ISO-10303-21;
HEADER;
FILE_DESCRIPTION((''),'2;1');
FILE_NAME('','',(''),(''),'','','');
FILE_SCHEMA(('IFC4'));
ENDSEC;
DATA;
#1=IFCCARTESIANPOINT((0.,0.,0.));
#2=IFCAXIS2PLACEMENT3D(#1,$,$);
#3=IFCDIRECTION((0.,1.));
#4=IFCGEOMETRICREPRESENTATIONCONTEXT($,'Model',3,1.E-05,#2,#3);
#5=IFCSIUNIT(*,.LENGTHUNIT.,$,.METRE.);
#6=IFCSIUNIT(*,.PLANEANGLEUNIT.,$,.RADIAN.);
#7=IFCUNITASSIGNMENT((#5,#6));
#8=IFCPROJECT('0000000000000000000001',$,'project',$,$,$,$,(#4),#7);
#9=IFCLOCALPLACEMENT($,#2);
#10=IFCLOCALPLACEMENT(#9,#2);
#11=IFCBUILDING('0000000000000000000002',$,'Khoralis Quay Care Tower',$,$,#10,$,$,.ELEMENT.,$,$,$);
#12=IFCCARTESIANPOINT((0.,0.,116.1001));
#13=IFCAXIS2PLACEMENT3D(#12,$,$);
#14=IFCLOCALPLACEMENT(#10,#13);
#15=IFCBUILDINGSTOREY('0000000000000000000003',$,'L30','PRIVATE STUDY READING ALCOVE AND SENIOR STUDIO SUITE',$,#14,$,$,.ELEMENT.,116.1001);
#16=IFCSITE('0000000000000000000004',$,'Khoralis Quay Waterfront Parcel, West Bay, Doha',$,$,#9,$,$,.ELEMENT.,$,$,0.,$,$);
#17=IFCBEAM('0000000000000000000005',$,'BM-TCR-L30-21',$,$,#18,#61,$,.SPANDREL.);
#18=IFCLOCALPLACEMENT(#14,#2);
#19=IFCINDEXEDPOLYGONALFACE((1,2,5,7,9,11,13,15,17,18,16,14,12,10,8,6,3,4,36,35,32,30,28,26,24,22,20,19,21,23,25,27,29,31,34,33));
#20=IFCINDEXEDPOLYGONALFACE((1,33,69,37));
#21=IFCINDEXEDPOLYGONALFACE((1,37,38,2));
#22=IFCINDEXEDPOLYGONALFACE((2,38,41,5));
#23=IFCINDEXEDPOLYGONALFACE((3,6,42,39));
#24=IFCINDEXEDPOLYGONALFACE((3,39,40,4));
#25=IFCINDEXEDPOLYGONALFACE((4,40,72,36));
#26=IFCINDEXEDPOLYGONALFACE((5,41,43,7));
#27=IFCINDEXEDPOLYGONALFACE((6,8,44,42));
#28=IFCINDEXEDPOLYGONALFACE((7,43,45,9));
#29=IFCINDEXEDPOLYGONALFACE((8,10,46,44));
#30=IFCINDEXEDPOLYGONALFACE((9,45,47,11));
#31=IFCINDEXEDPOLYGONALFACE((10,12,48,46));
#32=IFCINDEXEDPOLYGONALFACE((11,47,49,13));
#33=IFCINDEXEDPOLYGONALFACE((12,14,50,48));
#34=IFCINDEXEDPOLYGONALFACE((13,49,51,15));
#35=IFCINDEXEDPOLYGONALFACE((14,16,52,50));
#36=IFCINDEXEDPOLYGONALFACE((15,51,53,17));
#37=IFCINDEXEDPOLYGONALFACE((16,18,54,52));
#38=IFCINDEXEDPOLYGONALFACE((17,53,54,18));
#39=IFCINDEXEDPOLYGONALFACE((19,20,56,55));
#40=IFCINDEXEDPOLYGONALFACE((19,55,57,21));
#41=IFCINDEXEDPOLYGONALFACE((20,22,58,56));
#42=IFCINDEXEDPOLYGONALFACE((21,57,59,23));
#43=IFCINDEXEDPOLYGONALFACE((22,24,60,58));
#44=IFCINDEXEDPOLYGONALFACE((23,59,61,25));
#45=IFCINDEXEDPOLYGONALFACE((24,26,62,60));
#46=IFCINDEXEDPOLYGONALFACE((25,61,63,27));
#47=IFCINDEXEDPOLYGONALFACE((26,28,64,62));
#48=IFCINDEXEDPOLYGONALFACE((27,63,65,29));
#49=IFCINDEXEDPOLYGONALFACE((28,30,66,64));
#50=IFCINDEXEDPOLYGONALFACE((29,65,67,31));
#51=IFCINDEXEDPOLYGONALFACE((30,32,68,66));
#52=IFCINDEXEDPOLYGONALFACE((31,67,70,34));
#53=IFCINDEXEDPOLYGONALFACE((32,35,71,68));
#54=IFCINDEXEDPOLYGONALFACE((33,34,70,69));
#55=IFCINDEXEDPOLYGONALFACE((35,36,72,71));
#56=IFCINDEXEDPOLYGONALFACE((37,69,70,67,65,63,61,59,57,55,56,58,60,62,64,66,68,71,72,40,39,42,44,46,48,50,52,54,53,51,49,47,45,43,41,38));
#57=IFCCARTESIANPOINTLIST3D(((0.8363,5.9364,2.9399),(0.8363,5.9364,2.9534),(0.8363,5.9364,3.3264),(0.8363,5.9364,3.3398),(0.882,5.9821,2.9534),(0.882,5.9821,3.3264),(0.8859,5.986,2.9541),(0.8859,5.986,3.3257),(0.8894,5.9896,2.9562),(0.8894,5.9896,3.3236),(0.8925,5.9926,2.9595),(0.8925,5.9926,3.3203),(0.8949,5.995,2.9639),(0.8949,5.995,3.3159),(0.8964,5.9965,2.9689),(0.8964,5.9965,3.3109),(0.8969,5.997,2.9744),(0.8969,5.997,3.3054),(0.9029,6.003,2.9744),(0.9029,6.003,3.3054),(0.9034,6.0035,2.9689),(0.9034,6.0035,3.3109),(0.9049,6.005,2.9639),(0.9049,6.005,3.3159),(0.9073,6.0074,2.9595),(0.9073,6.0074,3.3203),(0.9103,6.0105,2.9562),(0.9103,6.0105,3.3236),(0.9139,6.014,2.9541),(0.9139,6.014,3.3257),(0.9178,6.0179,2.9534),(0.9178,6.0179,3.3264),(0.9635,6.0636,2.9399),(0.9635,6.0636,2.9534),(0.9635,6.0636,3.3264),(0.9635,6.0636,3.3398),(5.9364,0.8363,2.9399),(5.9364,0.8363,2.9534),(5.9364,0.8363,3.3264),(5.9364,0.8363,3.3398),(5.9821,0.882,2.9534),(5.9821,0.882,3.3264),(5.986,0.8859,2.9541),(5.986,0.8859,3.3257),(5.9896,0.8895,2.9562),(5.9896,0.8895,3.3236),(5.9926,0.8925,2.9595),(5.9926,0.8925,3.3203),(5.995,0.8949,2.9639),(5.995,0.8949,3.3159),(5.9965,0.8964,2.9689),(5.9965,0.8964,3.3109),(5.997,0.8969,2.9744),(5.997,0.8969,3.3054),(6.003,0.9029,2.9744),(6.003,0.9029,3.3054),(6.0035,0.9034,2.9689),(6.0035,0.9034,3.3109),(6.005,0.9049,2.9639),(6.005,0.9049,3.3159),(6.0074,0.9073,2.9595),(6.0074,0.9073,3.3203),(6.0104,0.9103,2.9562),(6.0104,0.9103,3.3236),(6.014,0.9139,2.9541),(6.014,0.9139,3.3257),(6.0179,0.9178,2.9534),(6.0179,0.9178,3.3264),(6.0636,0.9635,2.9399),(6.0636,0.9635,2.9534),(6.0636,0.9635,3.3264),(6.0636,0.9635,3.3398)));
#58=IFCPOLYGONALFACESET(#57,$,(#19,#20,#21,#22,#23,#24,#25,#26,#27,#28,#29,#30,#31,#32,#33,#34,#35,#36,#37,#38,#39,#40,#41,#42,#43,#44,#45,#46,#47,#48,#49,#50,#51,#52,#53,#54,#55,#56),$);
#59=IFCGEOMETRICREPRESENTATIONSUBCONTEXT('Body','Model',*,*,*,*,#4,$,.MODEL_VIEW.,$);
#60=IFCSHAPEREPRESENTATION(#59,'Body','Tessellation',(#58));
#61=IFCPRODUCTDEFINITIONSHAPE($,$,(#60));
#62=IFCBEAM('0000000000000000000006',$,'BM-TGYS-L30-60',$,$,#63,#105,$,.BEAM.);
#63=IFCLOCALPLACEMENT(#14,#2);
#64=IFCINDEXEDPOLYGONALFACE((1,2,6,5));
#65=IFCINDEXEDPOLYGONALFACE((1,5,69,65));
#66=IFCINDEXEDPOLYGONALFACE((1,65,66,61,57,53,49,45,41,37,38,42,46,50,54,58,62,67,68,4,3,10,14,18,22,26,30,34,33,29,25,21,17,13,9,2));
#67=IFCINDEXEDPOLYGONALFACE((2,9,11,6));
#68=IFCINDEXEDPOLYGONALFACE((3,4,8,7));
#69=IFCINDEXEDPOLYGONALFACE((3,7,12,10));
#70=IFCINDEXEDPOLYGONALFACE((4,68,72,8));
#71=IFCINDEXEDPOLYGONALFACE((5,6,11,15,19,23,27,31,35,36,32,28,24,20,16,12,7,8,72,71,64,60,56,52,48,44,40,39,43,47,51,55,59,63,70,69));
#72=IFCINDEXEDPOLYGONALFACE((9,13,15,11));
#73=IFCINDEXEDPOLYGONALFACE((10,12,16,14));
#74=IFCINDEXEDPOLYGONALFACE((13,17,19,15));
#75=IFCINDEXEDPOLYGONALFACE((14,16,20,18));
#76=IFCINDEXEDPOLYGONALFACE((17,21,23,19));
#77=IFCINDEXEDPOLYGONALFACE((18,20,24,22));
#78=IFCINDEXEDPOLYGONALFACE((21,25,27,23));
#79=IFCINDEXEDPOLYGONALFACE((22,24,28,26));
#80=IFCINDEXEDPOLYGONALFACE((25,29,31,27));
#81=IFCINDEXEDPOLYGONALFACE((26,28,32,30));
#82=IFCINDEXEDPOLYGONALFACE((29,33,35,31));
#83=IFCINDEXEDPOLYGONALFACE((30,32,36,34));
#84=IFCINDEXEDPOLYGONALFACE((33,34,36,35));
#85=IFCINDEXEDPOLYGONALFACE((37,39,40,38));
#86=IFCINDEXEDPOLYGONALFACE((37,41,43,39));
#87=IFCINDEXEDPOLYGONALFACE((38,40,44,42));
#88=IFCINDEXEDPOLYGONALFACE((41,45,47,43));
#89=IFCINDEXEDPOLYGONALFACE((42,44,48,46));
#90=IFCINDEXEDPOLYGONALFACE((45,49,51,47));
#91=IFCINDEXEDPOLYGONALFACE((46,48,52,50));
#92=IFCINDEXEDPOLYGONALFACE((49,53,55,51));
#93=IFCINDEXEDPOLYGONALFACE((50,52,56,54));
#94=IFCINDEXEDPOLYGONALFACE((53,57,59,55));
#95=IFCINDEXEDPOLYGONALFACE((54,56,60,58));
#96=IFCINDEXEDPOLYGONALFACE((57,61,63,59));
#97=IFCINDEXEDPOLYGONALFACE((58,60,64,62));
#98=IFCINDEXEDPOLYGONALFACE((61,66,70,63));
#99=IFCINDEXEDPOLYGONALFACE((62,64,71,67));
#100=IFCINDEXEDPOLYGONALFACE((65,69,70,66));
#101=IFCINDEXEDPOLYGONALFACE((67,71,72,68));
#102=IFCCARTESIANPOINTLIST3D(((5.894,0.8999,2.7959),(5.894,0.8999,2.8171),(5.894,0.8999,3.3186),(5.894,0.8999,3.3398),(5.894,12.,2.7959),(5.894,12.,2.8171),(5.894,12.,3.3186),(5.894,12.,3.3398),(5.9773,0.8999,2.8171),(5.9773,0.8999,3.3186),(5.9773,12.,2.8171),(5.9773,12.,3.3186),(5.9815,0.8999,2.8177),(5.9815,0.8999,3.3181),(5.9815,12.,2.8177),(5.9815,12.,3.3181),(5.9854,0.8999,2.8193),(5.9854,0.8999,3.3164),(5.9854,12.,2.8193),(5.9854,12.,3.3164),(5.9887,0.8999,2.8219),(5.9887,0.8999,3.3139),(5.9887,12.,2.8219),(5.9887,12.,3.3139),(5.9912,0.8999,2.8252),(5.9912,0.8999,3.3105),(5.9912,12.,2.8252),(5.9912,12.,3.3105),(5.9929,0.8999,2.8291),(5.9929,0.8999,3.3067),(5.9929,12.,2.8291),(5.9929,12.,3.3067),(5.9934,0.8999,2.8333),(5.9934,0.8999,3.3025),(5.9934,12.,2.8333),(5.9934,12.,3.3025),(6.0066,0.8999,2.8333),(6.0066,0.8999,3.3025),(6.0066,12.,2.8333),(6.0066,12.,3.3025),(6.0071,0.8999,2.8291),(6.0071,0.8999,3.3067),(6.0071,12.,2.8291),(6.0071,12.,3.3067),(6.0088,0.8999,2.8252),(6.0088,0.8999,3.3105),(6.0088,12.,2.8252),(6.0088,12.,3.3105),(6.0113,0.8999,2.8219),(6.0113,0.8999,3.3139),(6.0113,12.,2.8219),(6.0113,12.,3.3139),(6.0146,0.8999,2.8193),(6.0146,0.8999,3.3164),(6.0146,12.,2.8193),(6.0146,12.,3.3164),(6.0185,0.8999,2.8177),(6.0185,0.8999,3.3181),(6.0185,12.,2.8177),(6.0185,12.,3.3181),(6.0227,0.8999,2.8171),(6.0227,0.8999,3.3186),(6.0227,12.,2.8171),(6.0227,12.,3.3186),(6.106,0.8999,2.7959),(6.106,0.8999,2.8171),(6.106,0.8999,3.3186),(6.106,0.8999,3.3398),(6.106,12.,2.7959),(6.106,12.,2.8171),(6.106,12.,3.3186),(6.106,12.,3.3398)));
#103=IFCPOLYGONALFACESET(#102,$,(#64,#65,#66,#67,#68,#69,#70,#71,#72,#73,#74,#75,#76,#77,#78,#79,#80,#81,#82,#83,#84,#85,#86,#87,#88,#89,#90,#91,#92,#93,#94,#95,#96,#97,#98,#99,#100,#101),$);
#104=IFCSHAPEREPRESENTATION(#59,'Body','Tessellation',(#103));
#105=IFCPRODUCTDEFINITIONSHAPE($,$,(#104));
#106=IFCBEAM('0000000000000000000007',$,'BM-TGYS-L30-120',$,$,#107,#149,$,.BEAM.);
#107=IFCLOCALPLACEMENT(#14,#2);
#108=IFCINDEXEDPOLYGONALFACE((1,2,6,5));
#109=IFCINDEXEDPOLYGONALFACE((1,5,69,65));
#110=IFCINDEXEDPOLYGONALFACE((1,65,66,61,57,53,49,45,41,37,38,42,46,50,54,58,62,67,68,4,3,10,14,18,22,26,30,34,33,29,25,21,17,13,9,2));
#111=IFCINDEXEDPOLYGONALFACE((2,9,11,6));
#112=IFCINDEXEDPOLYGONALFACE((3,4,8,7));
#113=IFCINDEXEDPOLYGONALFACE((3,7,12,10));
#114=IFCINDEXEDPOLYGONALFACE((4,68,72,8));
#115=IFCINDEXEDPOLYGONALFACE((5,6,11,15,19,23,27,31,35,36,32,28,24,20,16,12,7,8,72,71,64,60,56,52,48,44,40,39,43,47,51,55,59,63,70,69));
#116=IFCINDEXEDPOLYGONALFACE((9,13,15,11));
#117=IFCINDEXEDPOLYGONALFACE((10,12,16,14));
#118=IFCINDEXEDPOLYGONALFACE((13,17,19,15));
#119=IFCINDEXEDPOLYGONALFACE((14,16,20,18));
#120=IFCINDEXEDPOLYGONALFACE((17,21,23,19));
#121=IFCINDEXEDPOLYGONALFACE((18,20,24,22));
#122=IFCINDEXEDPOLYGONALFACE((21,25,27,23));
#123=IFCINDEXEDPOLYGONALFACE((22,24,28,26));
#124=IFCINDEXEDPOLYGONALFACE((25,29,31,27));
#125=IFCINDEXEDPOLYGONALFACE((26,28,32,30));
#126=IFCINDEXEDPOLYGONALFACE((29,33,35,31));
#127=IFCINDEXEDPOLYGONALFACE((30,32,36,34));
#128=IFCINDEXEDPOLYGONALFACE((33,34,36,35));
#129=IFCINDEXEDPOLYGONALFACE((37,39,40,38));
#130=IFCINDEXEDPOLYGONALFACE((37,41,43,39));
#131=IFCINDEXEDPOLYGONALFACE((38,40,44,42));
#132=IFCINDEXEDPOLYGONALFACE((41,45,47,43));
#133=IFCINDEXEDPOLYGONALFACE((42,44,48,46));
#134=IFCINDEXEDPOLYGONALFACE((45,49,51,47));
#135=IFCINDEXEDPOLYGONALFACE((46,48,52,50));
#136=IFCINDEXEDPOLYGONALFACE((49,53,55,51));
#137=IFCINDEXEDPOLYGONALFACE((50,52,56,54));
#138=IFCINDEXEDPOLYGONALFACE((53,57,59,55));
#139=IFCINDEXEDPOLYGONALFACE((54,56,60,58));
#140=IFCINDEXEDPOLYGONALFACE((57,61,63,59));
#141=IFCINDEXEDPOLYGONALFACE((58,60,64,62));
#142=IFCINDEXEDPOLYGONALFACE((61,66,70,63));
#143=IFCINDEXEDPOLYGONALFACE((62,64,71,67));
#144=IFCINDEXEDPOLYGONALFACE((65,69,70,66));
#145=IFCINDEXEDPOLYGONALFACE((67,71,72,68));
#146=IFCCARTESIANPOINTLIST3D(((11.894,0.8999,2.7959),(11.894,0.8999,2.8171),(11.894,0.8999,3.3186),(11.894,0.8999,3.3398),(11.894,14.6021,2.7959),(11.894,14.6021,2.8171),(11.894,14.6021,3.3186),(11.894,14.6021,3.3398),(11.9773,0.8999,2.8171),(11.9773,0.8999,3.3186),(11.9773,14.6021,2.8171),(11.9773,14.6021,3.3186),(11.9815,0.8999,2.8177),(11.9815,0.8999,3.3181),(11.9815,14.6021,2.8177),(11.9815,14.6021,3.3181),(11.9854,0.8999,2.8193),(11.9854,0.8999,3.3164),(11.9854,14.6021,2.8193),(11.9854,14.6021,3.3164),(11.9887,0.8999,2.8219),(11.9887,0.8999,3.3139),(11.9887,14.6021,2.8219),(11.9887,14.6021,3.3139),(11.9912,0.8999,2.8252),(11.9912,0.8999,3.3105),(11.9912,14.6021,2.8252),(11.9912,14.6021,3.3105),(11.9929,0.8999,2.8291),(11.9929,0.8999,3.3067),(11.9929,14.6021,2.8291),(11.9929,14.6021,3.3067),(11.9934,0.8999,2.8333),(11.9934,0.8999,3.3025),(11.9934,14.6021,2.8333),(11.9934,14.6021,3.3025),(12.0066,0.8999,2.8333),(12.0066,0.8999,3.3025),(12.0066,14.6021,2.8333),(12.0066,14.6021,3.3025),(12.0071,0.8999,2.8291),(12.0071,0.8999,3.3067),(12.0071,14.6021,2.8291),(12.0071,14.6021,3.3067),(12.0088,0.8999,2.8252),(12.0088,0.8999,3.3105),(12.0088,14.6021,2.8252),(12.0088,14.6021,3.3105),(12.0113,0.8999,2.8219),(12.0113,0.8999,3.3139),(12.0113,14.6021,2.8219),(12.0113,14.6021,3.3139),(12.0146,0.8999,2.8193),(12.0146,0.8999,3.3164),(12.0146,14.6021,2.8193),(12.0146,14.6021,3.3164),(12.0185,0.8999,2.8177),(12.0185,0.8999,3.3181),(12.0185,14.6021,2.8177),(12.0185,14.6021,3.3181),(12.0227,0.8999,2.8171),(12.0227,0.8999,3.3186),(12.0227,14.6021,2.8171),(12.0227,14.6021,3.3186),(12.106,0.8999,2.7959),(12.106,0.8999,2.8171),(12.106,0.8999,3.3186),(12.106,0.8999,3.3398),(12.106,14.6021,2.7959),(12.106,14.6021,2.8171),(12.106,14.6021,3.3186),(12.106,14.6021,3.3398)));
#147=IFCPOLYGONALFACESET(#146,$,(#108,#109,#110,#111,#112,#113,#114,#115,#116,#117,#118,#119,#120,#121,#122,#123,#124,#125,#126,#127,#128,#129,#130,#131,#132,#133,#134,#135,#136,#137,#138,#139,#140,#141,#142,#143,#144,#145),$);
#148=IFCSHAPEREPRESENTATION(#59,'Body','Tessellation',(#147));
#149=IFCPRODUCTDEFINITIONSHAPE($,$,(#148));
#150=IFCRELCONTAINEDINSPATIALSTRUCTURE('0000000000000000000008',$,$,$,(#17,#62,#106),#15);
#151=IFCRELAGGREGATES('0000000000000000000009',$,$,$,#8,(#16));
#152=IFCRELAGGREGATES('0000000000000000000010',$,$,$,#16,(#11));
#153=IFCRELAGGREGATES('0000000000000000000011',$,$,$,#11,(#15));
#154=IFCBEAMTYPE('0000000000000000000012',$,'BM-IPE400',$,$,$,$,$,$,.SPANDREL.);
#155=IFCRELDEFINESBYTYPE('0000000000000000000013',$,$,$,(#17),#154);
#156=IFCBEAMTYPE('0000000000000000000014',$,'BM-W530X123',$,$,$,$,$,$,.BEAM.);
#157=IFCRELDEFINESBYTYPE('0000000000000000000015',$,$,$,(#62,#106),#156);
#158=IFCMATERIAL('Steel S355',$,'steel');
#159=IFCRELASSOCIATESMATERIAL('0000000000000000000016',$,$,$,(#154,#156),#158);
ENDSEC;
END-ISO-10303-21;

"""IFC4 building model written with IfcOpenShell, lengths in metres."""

from ifc_helpers import new_model, si_unit, direction, frame, origin, origin_2d, place, context, subcontext, project, spatial, i_section, extrude, source, transform, mapped, material, material_profile, profile_set, type_object, element, save


model = new_model("IFC4")

# Units and contexts
model_context = context("Model", 3, precision=1e-05, world=origin(), true_north=direction((0.0, 1.0)))
body_context = subcontext(model_context, "Body", "Model", "MODEL_VIEW")
ifc_project = project(units=[si_unit("LENGTHUNIT", "METRE"), si_unit("PLANEANGLEUNIT", "RADIAN")], contexts=[model_context])

# Site, building, storey
site_placement = place(None, origin())
site = spatial("IfcSite", under=ifc_project, at=site_placement, Name="Khoralis Quay Waterfront Parcel, West Bay, Doha", CompositionType="ELEMENT", RefElevation=0.0)
building_placement = place(site_placement, origin())
building = spatial("IfcBuilding", under=site, at=building_placement, Name="Khoralis Quay Care Tower", CompositionType="ELEMENT")
storey_placement = place(building_placement, frame((0.0, 0.0, 116.1001)))
storey = spatial("IfcBuildingStorey", under=building, at=storey_placement, Name="L30", Description="PRIVATE STUDY READING ALCOVE AND SENIOR STUDIO SUITE", CompositionType="ELEMENT", Elevation=116.1001)

# Beams
ifc_material_1 = material(Name="Steel S355", Category="steel")
ifc_material_profile_1 = material_profile(ifc_material_1, i_section(OverallWidth=0.1799, OverallDepth=0.3999, WebThickness=0.0085, FlangeThickness=0.0134, FilletRadius=0.021, at=origin_2d()), Name="Steel S355")
ifc_profile_set_1 = profile_set([ifc_material_profile_1], Name="Steel S355")
beam_type_1 = type_object("IfcBeamType", Name="BM-IPE400", PredefinedType="SPANDREL", material=ifc_profile_set_1)
shared_shape_1 = source(origin(), body_context, "Body", "SweptSolid", [
    extrude(i_section(OverallWidth=0.1799, OverallDepth=0.3999, WebThickness=0.0085, FlangeThickness=0.0134, FilletRadius=0.021, at=origin_2d()), origin(), (0.0, 0.0, 1.0), 7.2126),
])
beam_1_placement = place(storey_placement, frame((6.0, 0.8999, 3.1399), z_axis=(-0.707107, 0.707107, 0.0), x_axis=(-0.707107, -0.707107, 0.0)))
element("IfcBeam", 1, at=beam_1_placement, inside=storey, type_object=beam_type_1, Name="BM-TCR-L30-21", PredefinedType="SPANDREL", context=body_context, shape_type="MappedRepresentation", body=[
    mapped(shared_shape_1, transform((0.0, 0.0, 0.0), scale=1.0)),
])
ifc_material_profile_2 = material_profile(ifc_material_1, i_section(OverallWidth=0.2119, OverallDepth=0.5439, WebThickness=0.0132, FlangeThickness=0.0212, FilletRadius=0.0161, at=origin_2d()), Name="Steel S355")
ifc_profile_set_2 = profile_set([ifc_material_profile_2], Name="Steel S355")
beam_type_2 = type_object("IfcBeamType", Name="BM-W530X123", PredefinedType="BEAM", material=ifc_profile_set_2)
shared_shape_2 = source(origin(), body_context, "Body", "SweptSolid", [
    extrude(i_section(OverallWidth=0.2119, OverallDepth=0.5439, WebThickness=0.0132, FlangeThickness=0.0212, FilletRadius=0.0161, at=origin_2d()), origin(), (0.0, 0.0, 1.0), 11.1001),
])
beam_2_placement = place(storey_placement, frame((6.0, 0.8999, 3.0679), z_axis=(0.0, 1.0, 0.0), x_axis=(-1.0, 0.0, 0.0)))
element("IfcBeam", 2, at=beam_2_placement, inside=storey, type_object=beam_type_2, Name="BM-TGYS-L30-60", PredefinedType="BEAM", context=body_context, shape_type="MappedRepresentation", body=[
    mapped(shared_shape_2, transform((0.0, 0.0, 0.0), scale=1.0)),
])
shared_shape_3 = source(origin(), body_context, "Body", "SweptSolid", [
    extrude(i_section(OverallWidth=0.2119, OverallDepth=0.5439, WebThickness=0.0132, FlangeThickness=0.0212, FilletRadius=0.0161, at=origin_2d()), origin(), (0.0, 0.0, 1.0), 13.7021),
])
beam_3_placement = place(storey_placement, frame((12.0, 0.8999, 3.0679), z_axis=(0.0, 1.0, 0.0), x_axis=(-1.0, 0.0, 0.0)))
element("IfcBeam", 3, at=beam_3_placement, inside=storey, type_object=beam_type_2, Name="BM-TGYS-L30-120", PredefinedType="BEAM", context=body_context, shape_type="MappedRepresentation", body=[
    mapped(shared_shape_3, transform((0.0, 0.0, 0.0), scale=1.0)),
])

save(model, "model.ifc")
